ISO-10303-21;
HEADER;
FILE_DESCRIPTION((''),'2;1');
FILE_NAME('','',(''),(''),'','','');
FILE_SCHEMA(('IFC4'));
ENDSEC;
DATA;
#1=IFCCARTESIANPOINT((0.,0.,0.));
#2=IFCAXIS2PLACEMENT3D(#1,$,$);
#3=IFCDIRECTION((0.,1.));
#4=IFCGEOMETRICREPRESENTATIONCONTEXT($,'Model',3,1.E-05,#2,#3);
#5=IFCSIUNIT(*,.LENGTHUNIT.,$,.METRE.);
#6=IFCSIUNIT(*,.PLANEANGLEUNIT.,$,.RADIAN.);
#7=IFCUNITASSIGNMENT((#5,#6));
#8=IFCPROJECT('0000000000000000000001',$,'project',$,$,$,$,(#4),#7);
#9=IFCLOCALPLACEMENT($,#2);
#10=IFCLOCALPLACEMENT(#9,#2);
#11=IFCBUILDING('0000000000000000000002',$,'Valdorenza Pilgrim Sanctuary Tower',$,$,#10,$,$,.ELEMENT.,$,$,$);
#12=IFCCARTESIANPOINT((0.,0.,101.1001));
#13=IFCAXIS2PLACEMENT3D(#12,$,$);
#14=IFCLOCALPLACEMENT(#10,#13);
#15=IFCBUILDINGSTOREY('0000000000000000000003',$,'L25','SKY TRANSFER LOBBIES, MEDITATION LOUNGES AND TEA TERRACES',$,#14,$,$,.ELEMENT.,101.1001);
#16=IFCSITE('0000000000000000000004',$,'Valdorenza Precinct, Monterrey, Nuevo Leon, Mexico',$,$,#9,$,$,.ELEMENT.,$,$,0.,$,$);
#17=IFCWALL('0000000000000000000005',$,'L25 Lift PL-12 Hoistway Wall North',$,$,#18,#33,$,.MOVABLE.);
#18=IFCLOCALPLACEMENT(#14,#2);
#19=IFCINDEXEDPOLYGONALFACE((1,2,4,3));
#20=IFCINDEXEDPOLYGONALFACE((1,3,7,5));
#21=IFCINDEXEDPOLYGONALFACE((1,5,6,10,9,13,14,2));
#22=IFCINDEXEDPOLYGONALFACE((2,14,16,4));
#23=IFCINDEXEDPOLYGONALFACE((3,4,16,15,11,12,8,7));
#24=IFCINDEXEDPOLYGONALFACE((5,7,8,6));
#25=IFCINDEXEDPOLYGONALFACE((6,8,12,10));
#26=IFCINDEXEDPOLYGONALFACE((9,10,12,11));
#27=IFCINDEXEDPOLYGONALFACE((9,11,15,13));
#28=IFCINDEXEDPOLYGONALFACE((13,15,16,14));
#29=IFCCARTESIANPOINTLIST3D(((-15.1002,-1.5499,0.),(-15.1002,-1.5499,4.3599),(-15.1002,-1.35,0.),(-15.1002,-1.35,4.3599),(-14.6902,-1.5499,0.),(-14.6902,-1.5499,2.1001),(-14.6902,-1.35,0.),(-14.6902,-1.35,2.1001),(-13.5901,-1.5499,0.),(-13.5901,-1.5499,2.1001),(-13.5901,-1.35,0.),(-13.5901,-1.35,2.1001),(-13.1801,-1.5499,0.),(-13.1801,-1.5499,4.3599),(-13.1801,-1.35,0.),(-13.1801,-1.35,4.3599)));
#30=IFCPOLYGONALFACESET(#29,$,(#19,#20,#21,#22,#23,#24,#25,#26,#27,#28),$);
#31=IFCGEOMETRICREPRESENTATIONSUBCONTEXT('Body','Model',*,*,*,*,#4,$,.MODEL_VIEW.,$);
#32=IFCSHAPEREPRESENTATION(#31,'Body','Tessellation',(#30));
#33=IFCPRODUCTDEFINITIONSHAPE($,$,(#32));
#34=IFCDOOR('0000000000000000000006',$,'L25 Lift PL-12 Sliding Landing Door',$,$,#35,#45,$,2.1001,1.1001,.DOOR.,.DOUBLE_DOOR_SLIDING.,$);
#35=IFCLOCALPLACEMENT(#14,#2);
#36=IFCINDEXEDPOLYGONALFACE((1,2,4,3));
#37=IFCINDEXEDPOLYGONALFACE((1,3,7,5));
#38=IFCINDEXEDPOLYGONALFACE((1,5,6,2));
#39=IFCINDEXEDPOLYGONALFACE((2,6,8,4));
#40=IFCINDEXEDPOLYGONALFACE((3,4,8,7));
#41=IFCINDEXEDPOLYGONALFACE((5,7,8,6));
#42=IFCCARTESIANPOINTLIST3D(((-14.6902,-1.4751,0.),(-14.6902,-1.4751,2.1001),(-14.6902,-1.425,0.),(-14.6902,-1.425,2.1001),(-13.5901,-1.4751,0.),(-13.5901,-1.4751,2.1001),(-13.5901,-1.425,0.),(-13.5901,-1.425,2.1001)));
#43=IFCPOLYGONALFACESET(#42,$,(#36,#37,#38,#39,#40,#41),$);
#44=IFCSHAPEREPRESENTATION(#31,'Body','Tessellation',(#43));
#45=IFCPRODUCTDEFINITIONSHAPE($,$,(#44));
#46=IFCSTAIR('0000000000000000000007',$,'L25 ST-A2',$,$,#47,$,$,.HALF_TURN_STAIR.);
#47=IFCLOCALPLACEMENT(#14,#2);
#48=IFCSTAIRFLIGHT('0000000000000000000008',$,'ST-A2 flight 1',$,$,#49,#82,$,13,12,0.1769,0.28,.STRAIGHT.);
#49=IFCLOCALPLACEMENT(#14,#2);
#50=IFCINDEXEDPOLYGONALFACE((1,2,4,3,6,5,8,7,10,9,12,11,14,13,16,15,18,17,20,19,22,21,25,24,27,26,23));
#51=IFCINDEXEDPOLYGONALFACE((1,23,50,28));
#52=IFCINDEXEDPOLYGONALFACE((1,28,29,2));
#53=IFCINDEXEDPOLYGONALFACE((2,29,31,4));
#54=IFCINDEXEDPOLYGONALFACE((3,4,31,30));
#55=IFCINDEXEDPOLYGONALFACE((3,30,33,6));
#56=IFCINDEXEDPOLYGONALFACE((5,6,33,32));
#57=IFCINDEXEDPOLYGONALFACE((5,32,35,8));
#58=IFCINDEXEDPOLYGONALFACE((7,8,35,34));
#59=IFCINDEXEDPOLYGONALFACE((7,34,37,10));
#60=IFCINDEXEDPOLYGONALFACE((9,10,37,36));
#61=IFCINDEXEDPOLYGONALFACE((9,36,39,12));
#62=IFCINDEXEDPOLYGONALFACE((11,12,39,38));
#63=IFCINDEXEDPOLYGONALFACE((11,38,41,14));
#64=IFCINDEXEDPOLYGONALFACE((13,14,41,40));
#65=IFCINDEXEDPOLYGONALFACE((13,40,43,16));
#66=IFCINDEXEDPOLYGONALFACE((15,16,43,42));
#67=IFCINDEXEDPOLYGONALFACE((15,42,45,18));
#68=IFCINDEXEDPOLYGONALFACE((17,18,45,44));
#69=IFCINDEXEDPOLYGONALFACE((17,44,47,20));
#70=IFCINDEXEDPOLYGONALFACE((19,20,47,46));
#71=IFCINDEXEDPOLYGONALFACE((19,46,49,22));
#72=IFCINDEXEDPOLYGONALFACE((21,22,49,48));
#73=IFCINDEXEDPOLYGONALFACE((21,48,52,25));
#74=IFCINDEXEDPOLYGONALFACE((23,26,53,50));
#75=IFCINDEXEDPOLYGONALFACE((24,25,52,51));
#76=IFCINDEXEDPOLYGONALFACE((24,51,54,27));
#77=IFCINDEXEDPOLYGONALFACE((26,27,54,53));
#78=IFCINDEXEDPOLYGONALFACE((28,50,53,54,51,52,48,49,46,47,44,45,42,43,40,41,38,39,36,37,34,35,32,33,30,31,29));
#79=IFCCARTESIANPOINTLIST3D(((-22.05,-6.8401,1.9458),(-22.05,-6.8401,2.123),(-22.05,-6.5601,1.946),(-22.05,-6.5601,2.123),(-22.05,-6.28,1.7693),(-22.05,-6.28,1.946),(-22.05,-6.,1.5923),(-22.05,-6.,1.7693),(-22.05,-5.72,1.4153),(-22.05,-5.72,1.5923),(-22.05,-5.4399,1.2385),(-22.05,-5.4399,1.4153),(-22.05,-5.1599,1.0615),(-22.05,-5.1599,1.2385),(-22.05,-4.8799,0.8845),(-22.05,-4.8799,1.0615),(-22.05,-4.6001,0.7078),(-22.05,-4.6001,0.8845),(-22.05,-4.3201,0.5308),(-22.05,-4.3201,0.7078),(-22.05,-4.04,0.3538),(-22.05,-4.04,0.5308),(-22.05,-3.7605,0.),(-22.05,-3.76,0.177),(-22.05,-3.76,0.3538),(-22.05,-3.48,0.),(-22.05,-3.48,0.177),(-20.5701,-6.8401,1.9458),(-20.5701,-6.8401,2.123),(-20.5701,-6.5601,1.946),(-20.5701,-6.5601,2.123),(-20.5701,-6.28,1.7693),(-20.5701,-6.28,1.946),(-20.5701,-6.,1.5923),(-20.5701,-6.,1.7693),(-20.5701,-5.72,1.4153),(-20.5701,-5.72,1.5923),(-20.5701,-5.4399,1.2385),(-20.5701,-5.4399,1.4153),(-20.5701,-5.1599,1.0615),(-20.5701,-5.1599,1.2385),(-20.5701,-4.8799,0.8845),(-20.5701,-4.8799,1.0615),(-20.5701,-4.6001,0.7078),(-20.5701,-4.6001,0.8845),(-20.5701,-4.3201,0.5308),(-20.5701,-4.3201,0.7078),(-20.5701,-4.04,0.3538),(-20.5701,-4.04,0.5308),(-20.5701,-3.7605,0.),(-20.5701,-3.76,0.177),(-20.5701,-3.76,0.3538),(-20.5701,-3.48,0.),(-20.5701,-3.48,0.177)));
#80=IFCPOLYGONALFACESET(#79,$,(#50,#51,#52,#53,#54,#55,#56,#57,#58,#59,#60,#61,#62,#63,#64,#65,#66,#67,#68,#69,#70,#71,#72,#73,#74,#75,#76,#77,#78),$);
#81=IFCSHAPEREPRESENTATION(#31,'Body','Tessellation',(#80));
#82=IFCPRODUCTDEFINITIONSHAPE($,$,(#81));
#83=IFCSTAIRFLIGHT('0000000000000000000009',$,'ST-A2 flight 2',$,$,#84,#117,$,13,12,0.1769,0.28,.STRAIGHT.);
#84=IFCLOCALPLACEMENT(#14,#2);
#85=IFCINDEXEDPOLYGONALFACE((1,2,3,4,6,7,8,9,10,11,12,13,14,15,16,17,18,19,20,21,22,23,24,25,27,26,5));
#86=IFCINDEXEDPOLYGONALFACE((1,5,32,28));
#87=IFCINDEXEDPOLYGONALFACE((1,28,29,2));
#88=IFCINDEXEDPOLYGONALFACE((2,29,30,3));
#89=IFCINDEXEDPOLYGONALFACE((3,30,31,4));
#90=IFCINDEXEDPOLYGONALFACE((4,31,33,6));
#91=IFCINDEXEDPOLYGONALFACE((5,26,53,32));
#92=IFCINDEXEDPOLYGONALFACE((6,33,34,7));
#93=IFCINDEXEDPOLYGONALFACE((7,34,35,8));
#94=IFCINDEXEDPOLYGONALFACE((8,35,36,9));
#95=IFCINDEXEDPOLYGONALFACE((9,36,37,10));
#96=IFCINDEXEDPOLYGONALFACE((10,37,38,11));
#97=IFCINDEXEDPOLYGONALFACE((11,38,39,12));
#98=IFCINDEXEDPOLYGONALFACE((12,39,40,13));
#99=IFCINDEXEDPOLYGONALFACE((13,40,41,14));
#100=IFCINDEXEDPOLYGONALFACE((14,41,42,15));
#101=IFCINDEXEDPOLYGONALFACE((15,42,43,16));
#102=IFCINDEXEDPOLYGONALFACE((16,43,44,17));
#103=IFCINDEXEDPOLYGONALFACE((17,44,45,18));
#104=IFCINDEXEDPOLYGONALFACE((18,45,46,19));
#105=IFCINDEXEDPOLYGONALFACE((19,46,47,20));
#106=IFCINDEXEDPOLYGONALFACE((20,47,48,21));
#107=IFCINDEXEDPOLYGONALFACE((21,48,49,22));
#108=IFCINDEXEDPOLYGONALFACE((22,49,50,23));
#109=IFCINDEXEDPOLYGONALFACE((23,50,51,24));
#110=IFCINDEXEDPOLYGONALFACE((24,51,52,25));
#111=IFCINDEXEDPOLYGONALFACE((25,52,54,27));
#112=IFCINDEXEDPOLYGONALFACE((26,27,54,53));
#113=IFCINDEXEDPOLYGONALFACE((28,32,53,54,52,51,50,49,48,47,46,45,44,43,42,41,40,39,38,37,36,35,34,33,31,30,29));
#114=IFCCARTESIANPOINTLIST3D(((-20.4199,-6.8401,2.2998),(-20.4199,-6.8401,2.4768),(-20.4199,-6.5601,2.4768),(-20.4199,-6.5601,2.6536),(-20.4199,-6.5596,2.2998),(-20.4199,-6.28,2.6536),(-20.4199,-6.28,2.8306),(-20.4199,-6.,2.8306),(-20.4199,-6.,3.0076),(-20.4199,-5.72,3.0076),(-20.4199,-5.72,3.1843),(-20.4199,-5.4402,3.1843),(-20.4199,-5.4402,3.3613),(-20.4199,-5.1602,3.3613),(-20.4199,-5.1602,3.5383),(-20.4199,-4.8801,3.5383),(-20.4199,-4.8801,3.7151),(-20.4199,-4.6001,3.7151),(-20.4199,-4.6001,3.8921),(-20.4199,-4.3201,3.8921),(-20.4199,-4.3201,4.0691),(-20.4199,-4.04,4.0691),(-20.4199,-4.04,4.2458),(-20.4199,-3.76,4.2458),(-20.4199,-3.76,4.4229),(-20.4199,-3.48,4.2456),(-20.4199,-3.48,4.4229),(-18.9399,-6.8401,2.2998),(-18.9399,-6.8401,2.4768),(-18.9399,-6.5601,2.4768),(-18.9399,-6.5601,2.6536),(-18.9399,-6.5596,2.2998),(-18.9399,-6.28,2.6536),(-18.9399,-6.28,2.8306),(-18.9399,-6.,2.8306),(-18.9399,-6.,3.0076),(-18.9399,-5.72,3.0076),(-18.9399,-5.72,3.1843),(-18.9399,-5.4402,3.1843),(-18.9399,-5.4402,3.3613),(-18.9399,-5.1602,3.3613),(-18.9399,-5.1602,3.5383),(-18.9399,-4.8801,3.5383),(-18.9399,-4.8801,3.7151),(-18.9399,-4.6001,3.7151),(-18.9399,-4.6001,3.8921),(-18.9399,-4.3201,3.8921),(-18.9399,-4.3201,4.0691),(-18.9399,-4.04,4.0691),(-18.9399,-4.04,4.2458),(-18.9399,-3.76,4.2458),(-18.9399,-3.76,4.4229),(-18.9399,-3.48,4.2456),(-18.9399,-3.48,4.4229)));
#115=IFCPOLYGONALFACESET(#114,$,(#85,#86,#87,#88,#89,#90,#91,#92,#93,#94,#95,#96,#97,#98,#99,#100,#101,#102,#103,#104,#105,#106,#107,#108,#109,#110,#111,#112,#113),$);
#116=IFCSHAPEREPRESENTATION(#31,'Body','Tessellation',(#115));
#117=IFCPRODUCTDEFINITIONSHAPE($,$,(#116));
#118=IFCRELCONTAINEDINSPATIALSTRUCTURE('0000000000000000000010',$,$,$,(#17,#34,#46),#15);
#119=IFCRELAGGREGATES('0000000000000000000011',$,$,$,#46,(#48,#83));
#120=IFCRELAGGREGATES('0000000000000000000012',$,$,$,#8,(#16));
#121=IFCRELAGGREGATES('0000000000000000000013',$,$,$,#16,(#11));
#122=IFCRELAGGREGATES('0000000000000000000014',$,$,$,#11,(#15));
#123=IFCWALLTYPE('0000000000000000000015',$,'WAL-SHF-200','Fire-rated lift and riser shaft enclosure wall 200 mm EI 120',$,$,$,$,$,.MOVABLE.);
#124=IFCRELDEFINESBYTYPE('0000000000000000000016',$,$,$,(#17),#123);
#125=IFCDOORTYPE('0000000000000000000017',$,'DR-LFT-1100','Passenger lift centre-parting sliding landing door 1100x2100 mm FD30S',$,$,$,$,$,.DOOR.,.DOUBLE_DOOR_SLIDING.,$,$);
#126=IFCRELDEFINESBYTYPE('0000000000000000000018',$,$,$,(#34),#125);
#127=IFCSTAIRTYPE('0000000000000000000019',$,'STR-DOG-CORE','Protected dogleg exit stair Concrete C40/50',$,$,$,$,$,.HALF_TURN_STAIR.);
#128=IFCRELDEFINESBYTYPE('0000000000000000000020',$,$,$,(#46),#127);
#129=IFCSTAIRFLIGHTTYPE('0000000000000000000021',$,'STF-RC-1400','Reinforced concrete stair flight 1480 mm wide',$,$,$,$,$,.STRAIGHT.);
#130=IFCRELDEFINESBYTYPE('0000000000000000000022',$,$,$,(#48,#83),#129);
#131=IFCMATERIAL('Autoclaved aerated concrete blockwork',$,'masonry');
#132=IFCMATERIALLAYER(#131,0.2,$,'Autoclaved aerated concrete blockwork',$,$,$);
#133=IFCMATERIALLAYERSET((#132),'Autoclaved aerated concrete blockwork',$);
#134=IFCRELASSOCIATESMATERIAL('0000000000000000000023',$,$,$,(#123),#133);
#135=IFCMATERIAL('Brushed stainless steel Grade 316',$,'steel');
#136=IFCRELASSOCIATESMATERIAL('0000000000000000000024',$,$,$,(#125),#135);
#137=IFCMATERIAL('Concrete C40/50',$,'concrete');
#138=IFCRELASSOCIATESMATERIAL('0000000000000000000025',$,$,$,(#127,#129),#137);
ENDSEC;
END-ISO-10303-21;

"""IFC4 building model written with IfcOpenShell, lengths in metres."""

from ifc_helpers import new_model, si_unit, direction, frame, frame_2d, origin, place, context, subcontext, project, spatial, polyline, rectangle, outline, extrude, material, layer, layer_set, type_object, element, fill, aggregate, save


model = new_model("IFC4")

# Units and contexts
model_context = context("Model", 3, precision=1e-05, world=origin(), true_north=direction((0.0, 1.0)))
body_context = subcontext(model_context, "Body", "Model", "MODEL_VIEW")
ifc_project = project(units=[si_unit("LENGTHUNIT", "METRE"), si_unit("PLANEANGLEUNIT", "RADIAN")], contexts=[model_context])

# Site, building, storey
site_placement = place(None, origin())
site = spatial("IfcSite", under=ifc_project, at=site_placement, Name="Valdorenza Precinct, Monterrey, Nuevo Leon, Mexico", CompositionType="ELEMENT", RefElevation=0.0)
building_placement = place(site_placement, origin())
building = spatial("IfcBuilding", under=site, at=building_placement, Name="Valdorenza Pilgrim Sanctuary Tower", CompositionType="ELEMENT")
storey_placement = place(building_placement, frame((0.0, 0.0, 101.1001)))
storey = spatial("IfcBuildingStorey", under=building, at=storey_placement, Name="L25", Description="SKY TRANSFER LOBBIES, MEDITATION LOUNGES AND TEA TERRACES", CompositionType="ELEMENT", Elevation=101.1001)

# Shared definitions
ifc_material_1 = material(Name="Autoclaved aerated concrete blockwork", Category="masonry")
ifc_layer_1 = layer(ifc_material_1, 0.2, Name="Autoclaved aerated concrete blockwork")
ifc_layer_set_1 = layer_set([ifc_layer_1], Name="Autoclaved aerated concrete blockwork")
wall_type_1 = type_object("IfcWallType", Name="WAL-SHF-200", Description="Fire-rated lift and riser shaft enclosure wall 200 mm EI 120", PredefinedType="MOVABLE", material=ifc_layer_set_1)

# Shared definitions
ifc_material_2 = material(Name="Brushed stainless steel Grade 316", Category="steel")

# Shared definitions
door_type_1 = type_object("IfcDoorType", Name="DR-LFT-1100", Description="Passenger lift centre-parting sliding landing door 1100x2100 mm FD30S", OperationType="DOUBLE_DOOR_SLIDING", PredefinedType="DOOR", material=ifc_material_2)

# Wall, opening, door
wall_1_placement = place(storey_placement, frame((-15.1001, -1.45, 0.0), z_axis=(0.0, 0.0, 1.0), x_axis=(1.0, 0.0, 0.0)))
wall_1 = element("IfcWall", 1, at=wall_1_placement, inside=storey, type_object=wall_type_1, Name="L25 Lift PL-12 Hoistway Wall North", PredefinedType="MOVABLE", context=body_context, shape_type="SweptSolid", body=[
    extrude(rectangle(XDim=1.9202, YDim=0.2, at=frame_2d((0.96, 0.0))), origin(), (0.0, 0.0, 1.0), 4.3599),
])
opening_1_placement = place(wall_1_placement, frame((0.4099, 0.0, 0.0)))
opening_1 = element("IfcOpeningElement", 2, at=opening_1_placement, cuts=wall_1, PredefinedType="OPENING", context=body_context, shape_type="SweptSolid", body=[
    extrude(rectangle(XDim=1.1001, YDim=2.1001, at=frame_2d((0.55, 1.05))), frame((0.0, 0.1147, 0.0), z_axis=(0.0, -1.0, 0.0), x_axis=(1.0, 0.0, 0.0)), (0.0, 0.0, 1.0), 0.2297),
])
door_1_placement = place(opening_1_placement, origin())
door_1 = element("IfcDoor", 3, at=door_1_placement, inside=storey, type_object=door_type_1, Name="L25 Lift PL-12 Sliding Landing Door", OperationType="DOUBLE_DOOR_SLIDING", OverallHeight=2.1001, OverallWidth=1.1001, PredefinedType="DOOR", context=body_context, shape_type="SweptSolid", body=[
    extrude(rectangle(XDim=1.1001, YDim=2.1001, at=frame_2d((0.55, 1.05))), frame((0.0, 0.0249, 0.0), z_axis=(0.0, -1.0, 0.0), x_axis=(1.0, 0.0, 0.0)), (0.0, 0.0, 1.0), 0.05),
])
fill(opening_1, door_1)

# Stair, stair flights
ifc_material_3 = material(Name="Concrete C40/50", Category="concrete")
stair_type = type_object("IfcStairType", Name="STR-DOG-CORE", Description="Protected dogleg exit stair Concrete C40/50", PredefinedType="HALF_TURN_STAIR", material=ifc_material_3)
stair_placement = place(storey_placement, origin())
stair = element("IfcStair", 4, at=stair_placement, inside=storey, type_object=stair_type, Name="L25 ST-A2", PredefinedType="HALF_TURN_STAIR")
stair_flight_type = type_object("IfcStairFlightType", Name="STF-RC-1400", Description="Reinforced concrete stair flight 1480 mm wide", PredefinedType="STRAIGHT", material=ifc_material_3)
stair_flight_1_placement = place(storey_placement, frame((-21.3101, -3.48, 0.0), z_axis=(0.0, 0.0, 1.0), x_axis=(0.0, -1.0, 0.0)))
stair_flight_1 = element("IfcStairFlight", 5, at=stair_flight_1_placement, type_object=stair_flight_type, Name="ST-A2 flight 1", NumberOfRisers=13, NumberOfTreads=12, PredefinedType="STRAIGHT", RiserHeight=0.1769, TreadLength=0.28, context=body_context, shape_type="SweptSolid", body=[
    extrude(outline(polyline([(0.0, 0.0), (0.0, 0.177), (0.28, 0.177), (0.28, 0.3538), (0.5601, 0.3538), (0.5601, 0.5308), (0.8401, 0.5308), (0.8401, 0.7078), (1.1201, 0.7078), (1.1201, 0.8845), (1.3999, 0.8845), (1.3999, 1.0615), (1.6799, 1.0615), (1.6799, 1.2385), (1.96, 1.2385), (1.96, 1.4153), (2.24, 1.4153), (2.24, 1.5923), (2.52, 1.5923), (2.52, 1.7693), (2.8, 1.7693), (2.8, 1.946), (3.0801, 1.946), (3.0801, 2.123), (3.3601, 2.123), (3.3601, 2.3), (3.3601, 1.9458), (0.2805, 0.0), (0.0, 0.0)])), frame((0.0, 0.74, 0.0), z_axis=(0.0, -1.0, 0.0), x_axis=(1.0, 0.0, 0.0)), (0.0, 0.0, 1.0), 1.48),
])
stair_flight_2_placement = place(storey_placement, frame((-19.6799, -6.8401, 2.2998), z_axis=(0.0, 0.0, 1.0), x_axis=(0.0, 1.0, 0.0)))
stair_flight_2 = element("IfcStairFlight", 6, at=stair_flight_2_placement, type_object=stair_flight_type, Name="ST-A2 flight 2", NumberOfRisers=13, NumberOfTreads=12, PredefinedType="STRAIGHT", RiserHeight=0.1769, TreadLength=0.28, context=body_context, shape_type="SweptSolid", body=[
    extrude(outline(polyline([(0.0, 0.0), (0.0, 0.177), (0.28, 0.177), (0.28, 0.3538), (0.5601, 0.3538), (0.5601, 0.5308), (0.8401, 0.5308), (0.8401, 0.7078), (1.1201, 0.7078), (1.1201, 0.8845), (1.3999, 0.8845), (1.3999, 1.0615), (1.6799, 1.0615), (1.6799, 1.2385), (1.96, 1.2385), (1.96, 1.4153), (2.24, 1.4153), (2.24, 1.5923), (2.52, 1.5923), (2.52, 1.7693), (2.8, 1.7693), (2.8, 1.946), (3.0801, 1.946), (3.0801, 2.123), (3.3601, 2.123), (3.3601, 2.3), (3.3601, 1.9458), (0.2805, 0.0), (0.0, 0.0)])), frame((0.0, 0.74, 0.0), z_axis=(0.0, -1.0, 0.0), x_axis=(1.0, 0.0, 0.0)), (0.0, 0.0, 1.0), 1.48),
])
aggregate(stair, [stair_flight_1, stair_flight_2])

save(model, "model.ifc")
